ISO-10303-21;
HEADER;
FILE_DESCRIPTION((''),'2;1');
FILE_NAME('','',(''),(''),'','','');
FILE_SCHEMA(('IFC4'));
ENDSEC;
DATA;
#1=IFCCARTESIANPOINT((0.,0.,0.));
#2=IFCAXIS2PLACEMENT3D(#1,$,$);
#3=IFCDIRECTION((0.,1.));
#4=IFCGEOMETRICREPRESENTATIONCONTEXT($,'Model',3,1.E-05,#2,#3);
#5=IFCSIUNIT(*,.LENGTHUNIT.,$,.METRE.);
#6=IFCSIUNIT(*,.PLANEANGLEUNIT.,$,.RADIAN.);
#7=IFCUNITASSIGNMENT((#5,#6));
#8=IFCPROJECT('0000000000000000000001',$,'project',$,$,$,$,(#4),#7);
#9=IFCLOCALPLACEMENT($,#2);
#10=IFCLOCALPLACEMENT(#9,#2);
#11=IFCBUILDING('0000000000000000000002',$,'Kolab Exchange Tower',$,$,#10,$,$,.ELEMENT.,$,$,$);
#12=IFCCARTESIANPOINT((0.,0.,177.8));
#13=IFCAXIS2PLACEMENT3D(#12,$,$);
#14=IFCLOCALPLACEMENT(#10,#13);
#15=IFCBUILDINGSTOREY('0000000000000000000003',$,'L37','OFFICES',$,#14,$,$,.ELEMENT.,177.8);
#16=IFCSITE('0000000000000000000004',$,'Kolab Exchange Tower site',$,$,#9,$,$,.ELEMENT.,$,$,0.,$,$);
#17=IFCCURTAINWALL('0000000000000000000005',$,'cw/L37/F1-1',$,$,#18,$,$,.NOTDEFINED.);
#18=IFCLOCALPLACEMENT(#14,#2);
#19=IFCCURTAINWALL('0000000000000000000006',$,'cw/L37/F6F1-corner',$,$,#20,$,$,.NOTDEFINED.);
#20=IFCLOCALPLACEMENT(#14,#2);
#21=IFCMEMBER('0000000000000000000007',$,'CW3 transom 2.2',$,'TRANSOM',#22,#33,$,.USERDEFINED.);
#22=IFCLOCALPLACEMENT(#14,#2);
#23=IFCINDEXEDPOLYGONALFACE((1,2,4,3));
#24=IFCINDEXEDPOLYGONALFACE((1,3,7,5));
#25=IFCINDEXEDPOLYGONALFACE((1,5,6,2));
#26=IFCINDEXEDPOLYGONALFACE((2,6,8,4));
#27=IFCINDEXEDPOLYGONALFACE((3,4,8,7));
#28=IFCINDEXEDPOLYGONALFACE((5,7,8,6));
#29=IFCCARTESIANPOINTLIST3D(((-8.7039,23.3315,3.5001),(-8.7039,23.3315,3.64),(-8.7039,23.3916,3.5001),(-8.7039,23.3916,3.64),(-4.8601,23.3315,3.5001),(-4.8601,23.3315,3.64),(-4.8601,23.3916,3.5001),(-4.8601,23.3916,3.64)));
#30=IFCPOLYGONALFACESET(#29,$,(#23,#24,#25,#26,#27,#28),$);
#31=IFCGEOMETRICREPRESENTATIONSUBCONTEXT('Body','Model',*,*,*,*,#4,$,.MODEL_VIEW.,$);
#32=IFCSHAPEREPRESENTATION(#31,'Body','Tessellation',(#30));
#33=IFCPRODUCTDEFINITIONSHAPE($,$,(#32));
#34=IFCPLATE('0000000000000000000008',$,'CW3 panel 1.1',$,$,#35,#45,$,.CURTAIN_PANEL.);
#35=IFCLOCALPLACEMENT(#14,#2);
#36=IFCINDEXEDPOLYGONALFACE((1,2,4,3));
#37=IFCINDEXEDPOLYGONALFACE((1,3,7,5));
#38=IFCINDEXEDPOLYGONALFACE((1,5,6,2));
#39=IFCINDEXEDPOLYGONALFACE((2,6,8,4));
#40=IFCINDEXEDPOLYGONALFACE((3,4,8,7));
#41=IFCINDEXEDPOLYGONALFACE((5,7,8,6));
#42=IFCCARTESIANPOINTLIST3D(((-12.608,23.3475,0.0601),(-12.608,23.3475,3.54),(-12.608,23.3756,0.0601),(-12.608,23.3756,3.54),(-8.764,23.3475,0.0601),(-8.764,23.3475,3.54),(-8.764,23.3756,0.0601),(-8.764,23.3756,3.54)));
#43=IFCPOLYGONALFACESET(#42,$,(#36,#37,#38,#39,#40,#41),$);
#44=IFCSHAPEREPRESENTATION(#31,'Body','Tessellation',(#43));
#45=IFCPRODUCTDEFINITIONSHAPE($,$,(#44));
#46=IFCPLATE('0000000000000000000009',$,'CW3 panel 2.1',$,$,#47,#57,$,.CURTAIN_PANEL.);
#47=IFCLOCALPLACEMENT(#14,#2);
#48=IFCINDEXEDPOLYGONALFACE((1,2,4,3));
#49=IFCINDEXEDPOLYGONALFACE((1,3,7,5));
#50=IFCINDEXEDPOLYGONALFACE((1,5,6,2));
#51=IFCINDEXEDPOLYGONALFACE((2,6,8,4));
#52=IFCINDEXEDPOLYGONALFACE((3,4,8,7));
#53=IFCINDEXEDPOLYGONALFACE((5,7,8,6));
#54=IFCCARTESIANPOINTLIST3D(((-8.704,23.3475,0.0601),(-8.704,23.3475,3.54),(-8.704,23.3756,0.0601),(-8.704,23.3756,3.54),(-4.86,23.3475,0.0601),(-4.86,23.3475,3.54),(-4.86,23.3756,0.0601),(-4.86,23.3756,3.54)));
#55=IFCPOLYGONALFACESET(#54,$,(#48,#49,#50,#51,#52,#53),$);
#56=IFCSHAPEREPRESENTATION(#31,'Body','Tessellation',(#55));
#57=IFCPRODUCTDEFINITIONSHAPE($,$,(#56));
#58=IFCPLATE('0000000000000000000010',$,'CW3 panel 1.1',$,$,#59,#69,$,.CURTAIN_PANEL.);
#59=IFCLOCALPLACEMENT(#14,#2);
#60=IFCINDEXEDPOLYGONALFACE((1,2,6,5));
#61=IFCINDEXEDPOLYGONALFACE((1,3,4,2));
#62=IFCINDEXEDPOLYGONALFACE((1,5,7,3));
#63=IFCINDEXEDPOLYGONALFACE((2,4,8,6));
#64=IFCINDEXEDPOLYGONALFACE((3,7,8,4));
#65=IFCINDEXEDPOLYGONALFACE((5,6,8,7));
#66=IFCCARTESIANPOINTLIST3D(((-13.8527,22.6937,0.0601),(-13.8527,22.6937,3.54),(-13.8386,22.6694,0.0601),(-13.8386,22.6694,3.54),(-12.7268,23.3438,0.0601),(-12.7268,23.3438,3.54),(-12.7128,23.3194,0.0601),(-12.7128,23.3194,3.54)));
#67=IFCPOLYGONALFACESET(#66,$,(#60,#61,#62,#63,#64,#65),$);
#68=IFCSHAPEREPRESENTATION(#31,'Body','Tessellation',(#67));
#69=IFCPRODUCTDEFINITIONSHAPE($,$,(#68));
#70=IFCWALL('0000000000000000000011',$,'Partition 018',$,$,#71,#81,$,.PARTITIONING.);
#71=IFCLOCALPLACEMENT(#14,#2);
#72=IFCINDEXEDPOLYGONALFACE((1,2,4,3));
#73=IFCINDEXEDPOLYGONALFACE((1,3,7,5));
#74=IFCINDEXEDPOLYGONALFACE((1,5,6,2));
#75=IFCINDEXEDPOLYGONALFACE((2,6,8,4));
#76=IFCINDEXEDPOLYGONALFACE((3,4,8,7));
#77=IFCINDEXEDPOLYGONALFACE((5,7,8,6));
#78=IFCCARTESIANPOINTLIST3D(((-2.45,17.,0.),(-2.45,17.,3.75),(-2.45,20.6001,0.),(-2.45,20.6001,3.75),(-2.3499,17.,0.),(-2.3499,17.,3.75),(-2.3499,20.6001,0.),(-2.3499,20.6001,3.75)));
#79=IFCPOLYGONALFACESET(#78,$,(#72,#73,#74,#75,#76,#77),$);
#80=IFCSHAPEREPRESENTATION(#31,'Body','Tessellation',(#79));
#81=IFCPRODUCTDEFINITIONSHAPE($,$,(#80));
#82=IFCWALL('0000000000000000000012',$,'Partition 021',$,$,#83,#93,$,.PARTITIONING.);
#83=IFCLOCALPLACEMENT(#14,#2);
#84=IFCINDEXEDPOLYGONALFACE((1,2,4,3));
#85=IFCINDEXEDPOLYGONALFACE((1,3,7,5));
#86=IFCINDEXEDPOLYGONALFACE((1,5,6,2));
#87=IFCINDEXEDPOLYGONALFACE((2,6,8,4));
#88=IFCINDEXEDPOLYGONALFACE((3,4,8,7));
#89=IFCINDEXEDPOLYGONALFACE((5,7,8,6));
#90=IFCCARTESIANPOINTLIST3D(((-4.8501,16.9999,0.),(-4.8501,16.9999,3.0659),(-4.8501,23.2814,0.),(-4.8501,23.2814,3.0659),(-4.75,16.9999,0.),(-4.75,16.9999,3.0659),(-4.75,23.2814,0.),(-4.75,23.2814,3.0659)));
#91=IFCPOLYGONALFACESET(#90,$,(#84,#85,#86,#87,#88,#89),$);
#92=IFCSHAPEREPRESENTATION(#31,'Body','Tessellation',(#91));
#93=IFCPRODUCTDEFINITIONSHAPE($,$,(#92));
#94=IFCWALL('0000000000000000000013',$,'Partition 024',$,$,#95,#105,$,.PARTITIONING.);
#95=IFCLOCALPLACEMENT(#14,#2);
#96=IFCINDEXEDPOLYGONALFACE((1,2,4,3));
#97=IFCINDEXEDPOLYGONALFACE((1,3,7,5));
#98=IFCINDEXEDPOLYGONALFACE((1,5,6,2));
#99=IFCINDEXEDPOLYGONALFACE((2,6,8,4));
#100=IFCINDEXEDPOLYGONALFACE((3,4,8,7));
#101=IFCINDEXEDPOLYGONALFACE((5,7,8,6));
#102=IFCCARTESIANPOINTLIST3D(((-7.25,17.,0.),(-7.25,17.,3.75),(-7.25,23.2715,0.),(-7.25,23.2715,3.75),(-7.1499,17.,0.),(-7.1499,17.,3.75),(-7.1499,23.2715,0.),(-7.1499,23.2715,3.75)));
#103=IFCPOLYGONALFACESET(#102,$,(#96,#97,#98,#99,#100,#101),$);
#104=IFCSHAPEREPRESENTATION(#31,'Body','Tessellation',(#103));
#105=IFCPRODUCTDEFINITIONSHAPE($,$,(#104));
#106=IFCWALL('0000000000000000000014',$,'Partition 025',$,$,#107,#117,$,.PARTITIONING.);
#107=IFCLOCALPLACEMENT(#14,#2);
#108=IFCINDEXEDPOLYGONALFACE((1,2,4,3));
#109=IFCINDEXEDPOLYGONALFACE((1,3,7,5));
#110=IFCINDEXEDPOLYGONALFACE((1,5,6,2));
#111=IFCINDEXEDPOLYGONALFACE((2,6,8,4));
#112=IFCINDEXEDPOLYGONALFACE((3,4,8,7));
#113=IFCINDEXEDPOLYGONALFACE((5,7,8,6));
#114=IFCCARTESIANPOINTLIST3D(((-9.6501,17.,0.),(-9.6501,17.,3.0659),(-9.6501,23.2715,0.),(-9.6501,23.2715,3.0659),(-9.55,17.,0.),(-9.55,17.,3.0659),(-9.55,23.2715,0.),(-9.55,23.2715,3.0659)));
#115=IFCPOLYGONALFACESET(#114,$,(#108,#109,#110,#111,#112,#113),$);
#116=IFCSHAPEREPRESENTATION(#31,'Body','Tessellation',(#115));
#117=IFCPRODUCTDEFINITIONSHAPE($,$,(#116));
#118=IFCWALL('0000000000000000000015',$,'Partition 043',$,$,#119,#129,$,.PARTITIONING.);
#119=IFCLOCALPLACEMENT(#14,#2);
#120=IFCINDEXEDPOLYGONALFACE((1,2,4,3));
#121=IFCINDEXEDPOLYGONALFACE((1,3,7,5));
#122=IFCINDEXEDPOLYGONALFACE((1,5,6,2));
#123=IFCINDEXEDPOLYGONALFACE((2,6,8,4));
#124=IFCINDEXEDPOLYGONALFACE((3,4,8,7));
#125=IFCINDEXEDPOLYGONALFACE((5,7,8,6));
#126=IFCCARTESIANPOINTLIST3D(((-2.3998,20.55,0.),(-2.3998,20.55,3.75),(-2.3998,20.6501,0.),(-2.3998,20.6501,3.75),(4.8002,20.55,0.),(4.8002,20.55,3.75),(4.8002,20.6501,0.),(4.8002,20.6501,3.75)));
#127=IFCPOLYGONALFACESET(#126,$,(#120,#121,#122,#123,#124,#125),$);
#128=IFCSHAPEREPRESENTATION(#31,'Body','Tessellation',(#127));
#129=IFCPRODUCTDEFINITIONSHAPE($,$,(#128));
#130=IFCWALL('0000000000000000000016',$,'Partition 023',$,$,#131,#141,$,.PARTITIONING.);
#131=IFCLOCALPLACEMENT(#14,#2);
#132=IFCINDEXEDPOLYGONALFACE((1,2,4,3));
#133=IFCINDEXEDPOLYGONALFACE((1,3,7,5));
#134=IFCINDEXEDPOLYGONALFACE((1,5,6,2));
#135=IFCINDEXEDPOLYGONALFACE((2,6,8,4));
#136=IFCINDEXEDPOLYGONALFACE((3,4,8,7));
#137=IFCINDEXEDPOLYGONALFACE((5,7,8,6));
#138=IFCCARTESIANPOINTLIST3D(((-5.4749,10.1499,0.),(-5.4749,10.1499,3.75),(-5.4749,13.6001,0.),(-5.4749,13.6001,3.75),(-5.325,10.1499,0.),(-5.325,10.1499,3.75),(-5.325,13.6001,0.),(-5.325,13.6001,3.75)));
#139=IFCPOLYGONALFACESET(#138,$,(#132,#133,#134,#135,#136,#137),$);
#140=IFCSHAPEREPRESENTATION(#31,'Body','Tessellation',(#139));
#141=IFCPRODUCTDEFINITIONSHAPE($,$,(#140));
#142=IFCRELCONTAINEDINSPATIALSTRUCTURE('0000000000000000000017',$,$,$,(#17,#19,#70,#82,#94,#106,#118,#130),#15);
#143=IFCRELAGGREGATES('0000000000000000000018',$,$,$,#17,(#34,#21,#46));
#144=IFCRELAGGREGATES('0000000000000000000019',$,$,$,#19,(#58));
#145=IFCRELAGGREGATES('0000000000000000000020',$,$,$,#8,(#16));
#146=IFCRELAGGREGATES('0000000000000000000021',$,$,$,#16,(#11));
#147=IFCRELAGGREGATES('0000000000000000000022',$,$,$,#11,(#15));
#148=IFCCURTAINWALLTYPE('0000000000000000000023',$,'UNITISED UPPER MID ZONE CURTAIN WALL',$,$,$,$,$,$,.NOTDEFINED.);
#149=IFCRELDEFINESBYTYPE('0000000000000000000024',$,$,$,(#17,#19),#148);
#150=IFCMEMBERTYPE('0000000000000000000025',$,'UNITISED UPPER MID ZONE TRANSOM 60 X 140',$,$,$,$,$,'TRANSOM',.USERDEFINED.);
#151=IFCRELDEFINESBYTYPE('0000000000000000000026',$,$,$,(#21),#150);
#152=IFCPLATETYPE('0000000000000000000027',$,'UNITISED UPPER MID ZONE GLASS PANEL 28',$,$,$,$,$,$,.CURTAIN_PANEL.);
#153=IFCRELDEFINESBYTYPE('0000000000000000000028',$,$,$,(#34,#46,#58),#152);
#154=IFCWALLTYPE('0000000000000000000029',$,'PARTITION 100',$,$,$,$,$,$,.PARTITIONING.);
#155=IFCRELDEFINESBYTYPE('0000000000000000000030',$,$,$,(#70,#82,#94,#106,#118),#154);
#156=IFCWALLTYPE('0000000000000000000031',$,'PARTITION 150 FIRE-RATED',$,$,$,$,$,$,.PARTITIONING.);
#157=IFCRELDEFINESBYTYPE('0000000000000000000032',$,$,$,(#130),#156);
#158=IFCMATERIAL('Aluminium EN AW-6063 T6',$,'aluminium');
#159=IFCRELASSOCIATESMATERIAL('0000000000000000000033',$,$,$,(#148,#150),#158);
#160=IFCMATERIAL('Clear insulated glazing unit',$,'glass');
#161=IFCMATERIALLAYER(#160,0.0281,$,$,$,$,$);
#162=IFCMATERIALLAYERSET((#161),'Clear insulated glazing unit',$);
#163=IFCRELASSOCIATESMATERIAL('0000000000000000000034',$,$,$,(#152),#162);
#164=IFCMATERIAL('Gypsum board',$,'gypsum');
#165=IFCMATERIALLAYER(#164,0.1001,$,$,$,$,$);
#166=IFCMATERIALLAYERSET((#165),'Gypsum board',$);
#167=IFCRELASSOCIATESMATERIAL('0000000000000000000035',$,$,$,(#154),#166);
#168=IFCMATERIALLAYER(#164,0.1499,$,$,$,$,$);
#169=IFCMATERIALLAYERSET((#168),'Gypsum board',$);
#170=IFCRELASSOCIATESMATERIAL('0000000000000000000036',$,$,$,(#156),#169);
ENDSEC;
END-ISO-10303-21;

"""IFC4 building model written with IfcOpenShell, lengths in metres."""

from ifc_helpers import new_model, si_unit, direction, frame, frame_2d, origin, origin_2d, place, context, subcontext, project, spatial, rectangle, extrude, material, layer, layer_set, material_profile, profile_set, type_object, element, aggregate, save


model = new_model("IFC4")

# Units and contexts
model_context = context("Model", 3, precision=1e-05, world=origin(), true_north=direction((0.0, 1.0)))
body_context = subcontext(model_context, "Body", "Model", "MODEL_VIEW")
ifc_project = project(units=[si_unit("LENGTHUNIT", "METRE"), si_unit("PLANEANGLEUNIT", "RADIAN")], contexts=[model_context])

# Site, building, storey
site_placement = place(None, origin())
site = spatial("IfcSite", under=ifc_project, at=site_placement, Name="Kolab Exchange Tower site", CompositionType="ELEMENT", RefElevation=0.0)
building_placement = place(site_placement, origin())
building = spatial("IfcBuilding", under=site, at=building_placement, Name="Kolab Exchange Tower", CompositionType="ELEMENT")
storey_placement = place(building_placement, frame((0.0, 0.0, 177.8)))
storey = spatial("IfcBuildingStorey", under=building, at=storey_placement, Name="L37", Description="OFFICES", CompositionType="ELEMENT", Elevation=177.8)

# Curtain wall
ifc_material_1 = material(Name="Aluminium EN AW-6063 T6", Category="aluminium")
curtain_wall_type = type_object("IfcCurtainWallType", Name="UNITISED UPPER MID ZONE CURTAIN WALL", PredefinedType="NOTDEFINED", material=ifc_material_1)
curtain_wall_1_placement = place(storey_placement, origin())
curtain_wall_1 = element("IfcCurtainWall", 1, at=curtain_wall_1_placement, inside=storey, type_object=curtain_wall_type, Name="cw/L37/F1-1", PredefinedType="NOTDEFINED")

# Curtain wall
curtain_wall_2_placement = place(storey_placement, origin())
curtain_wall_2 = element("IfcCurtainWall", 2, at=curtain_wall_2_placement, inside=storey, type_object=curtain_wall_type, Name="cw/L37/F6F1-corner", PredefinedType="NOTDEFINED")

# Member
ifc_material_profile_1 = material_profile(ifc_material_1, rectangle(XDim=0.0601, YDim=0.1399, at=origin_2d()), Name="RECT 60X140")
ifc_profile_set_1 = profile_set([ifc_material_profile_1], Name="Aluminium EN AW-6063 T6")
member_type_1 = type_object("IfcMemberType", Name="UNITISED UPPER MID ZONE TRANSOM 60 X 140", ElementType="TRANSOM", PredefinedType="USERDEFINED", material=ifc_profile_set_1)
member_1_placement = place(storey_placement, frame((-8.7039, 23.3616, 3.5701), z_axis=(1.0, 0.0, 0.0), x_axis=(0.0, 1.0, 0.0)))
member_1 = element("IfcMember", 3, at=member_1_placement, type_object=member_type_1, Name="CW3 transom 2.2", ObjectType="TRANSOM", PredefinedType="USERDEFINED", context=body_context, shape_type="SweptSolid", body=[
    extrude(rectangle(XDim=0.0601, YDim=0.1399, at=origin_2d()), origin(), (0.0, 0.0, 1.0), 3.8438),
])

# Plates
ifc_material_2 = material(Name="Clear insulated glazing unit", Category="glass")
ifc_layer_1 = layer(ifc_material_2, 0.0281)
ifc_layer_set_1 = layer_set([ifc_layer_1], Name="Clear insulated glazing unit")
plate_type = type_object("IfcPlateType", Name="UNITISED UPPER MID ZONE GLASS PANEL 28", PredefinedType="CURTAIN_PANEL", material=ifc_layer_set_1)
plate_1_placement = place(storey_placement, frame((-10.686, 23.3616, 0.0601), z_axis=(0.0, 0.0, 1.0), x_axis=(1.0, 0.0, 0.0)))
plate_1 = element("IfcPlate", 4, at=plate_1_placement, type_object=plate_type, Name="CW3 panel 1.1", PredefinedType="CURTAIN_PANEL", context=body_context, shape_type="SweptSolid", body=[
    extrude(rectangle(XDim=3.844, YDim=0.0281, at=origin_2d()), origin(), (0.0, 0.0, 1.0), 3.48),
])
plate_2_placement = place(storey_placement, frame((-6.782, 23.3616, 0.0601), z_axis=(0.0, 0.0, 1.0), x_axis=(1.0, 0.0, 0.0)))
plate_2 = element("IfcPlate", 5, at=plate_2_placement, type_object=plate_type, Name="CW3 panel 2.1", PredefinedType="CURTAIN_PANEL", context=body_context, shape_type="SweptSolid", body=[
    extrude(rectangle(XDim=3.844, YDim=0.0281, at=origin_2d()), origin(), (0.0, 0.0, 1.0), 3.48),
])
aggregate(curtain_wall_1, [plate_1, member_1, plate_2])
plate_3_placement = place(storey_placement, frame((-13.2827, 23.0066, 0.0601), z_axis=(0.0, 0.0, 1.0), x_axis=(0.866025, 0.5, 0.0)))
plate_3 = element("IfcPlate", 6, at=plate_3_placement, type_object=plate_type, Name="CW3 panel 1.1", PredefinedType="CURTAIN_PANEL", context=body_context, shape_type="SweptSolid", body=[
    extrude(rectangle(XDim=1.3, YDim=0.0281, at=origin_2d()), origin(), (0.0, 0.0, 1.0), 3.48),
])
aggregate(curtain_wall_2, [plate_3])

# Walls
ifc_material_3 = material(Name="Gypsum board", Category="gypsum")
ifc_layer_2 = layer(ifc_material_3, 0.1001)
ifc_layer_set_2 = layer_set([ifc_layer_2], Name="Gypsum board")
wall_type_1 = type_object("IfcWallType", Name="PARTITION 100", PredefinedType="PARTITIONING", material=ifc_layer_set_2)
wall_1_placement = place(storey_placement, frame((-2.3999, 17.0, 0.0), z_axis=(0.0, 0.0, 1.0), x_axis=(0.0, 1.0, 0.0)))
element("IfcWall", 7, at=wall_1_placement, inside=storey, type_object=wall_type_1, Name="Partition 018", PredefinedType="PARTITIONING", context=body_context, shape_type="SweptSolid", body=[
    extrude(rectangle(XDim=3.6001, YDim=0.1001, at=frame_2d((1.8, 0.0))), origin(), (0.0, 0.0, 1.0), 3.75),
])
wall_2_placement = place(storey_placement, frame((-4.8, 17.0, 0.0), z_axis=(0.0, 0.0, 1.0), x_axis=(0.0, 1.0, 0.0)))
element("IfcWall", 8, at=wall_2_placement, inside=storey, type_object=wall_type_1, Name="Partition 021", PredefinedType="PARTITIONING", context=body_context, shape_type="SweptSolid", body=[
    extrude(rectangle(XDim=6.2815, YDim=0.1001, at=frame_2d((3.1406, 0.0))), origin(), (0.0, 0.0, 1.0), 3.0659),
])
wall_3_placement = place(storey_placement, frame((-7.2, 17.0, 0.0), z_axis=(0.0, 0.0, 1.0), x_axis=(0.0, 1.0, 0.0)))
element("IfcWall", 9, at=wall_3_placement, inside=storey, type_object=wall_type_1, Name="Partition 024", PredefinedType="PARTITIONING", context=body_context, shape_type="SweptSolid", body=[
    extrude(rectangle(XDim=6.2715, YDim=0.1001, at=frame_2d((3.1357, 0.0))), origin(), (0.0, 0.0, 1.0), 3.75),
])
wall_4_placement = place(storey_placement, frame((-9.6001, 17.0, 0.0), z_axis=(0.0, 0.0, 1.0), x_axis=(0.0, 1.0, 0.0)))
element("IfcWall", 10, at=wall_4_placement, inside=storey, type_object=wall_type_1, Name="Partition 025", PredefinedType="PARTITIONING", context=body_context, shape_type="SweptSolid", body=[
    extrude(rectangle(XDim=6.2715, YDim=0.1001, at=frame_2d((3.1357, 0.0))), origin(), (0.0, 0.0, 1.0), 3.0659),
])
wall_5_placement = place(storey_placement, frame((-2.3999, 20.6001, 0.0), z_axis=(0.0, 0.0, 1.0), x_axis=(1.0, 0.0, 0.0)))
element("IfcWall", 11, at=wall_5_placement, inside=storey, type_object=wall_type_1, Name="Partition 043", PredefinedType="PARTITIONING", context=body_context, shape_type="SweptSolid", body=[
    extrude(rectangle(XDim=7.2, YDim=0.1001, at=frame_2d((3.6001, 0.0))), origin(), (0.0, 0.0, 1.0), 3.75),
])
ifc_layer_3 = layer(ifc_material_3, 0.1499)
ifc_layer_set_3 = layer_set([ifc_layer_3], Name="Gypsum board")
wall_type_2 = type_object("IfcWallType", Name="PARTITION 150 FIRE-RATED", PredefinedType="PARTITIONING", material=ifc_layer_set_3)
wall_6_placement = place(storey_placement, frame((-5.3999, 10.1499, 0.0), z_axis=(0.0, 0.0, 1.0), x_axis=(0.0, 1.0, 0.0)))
element("IfcWall", 12, at=wall_6_placement, inside=storey, type_object=wall_type_2, Name="Partition 023", PredefinedType="PARTITIONING", context=body_context, shape_type="SweptSolid", body=[
    extrude(rectangle(XDim=3.4502, YDim=0.1499, at=frame_2d((1.7251, 0.0))), origin(), (0.0, 0.0, 1.0), 3.75),
])

save(model, "model.ifc")
